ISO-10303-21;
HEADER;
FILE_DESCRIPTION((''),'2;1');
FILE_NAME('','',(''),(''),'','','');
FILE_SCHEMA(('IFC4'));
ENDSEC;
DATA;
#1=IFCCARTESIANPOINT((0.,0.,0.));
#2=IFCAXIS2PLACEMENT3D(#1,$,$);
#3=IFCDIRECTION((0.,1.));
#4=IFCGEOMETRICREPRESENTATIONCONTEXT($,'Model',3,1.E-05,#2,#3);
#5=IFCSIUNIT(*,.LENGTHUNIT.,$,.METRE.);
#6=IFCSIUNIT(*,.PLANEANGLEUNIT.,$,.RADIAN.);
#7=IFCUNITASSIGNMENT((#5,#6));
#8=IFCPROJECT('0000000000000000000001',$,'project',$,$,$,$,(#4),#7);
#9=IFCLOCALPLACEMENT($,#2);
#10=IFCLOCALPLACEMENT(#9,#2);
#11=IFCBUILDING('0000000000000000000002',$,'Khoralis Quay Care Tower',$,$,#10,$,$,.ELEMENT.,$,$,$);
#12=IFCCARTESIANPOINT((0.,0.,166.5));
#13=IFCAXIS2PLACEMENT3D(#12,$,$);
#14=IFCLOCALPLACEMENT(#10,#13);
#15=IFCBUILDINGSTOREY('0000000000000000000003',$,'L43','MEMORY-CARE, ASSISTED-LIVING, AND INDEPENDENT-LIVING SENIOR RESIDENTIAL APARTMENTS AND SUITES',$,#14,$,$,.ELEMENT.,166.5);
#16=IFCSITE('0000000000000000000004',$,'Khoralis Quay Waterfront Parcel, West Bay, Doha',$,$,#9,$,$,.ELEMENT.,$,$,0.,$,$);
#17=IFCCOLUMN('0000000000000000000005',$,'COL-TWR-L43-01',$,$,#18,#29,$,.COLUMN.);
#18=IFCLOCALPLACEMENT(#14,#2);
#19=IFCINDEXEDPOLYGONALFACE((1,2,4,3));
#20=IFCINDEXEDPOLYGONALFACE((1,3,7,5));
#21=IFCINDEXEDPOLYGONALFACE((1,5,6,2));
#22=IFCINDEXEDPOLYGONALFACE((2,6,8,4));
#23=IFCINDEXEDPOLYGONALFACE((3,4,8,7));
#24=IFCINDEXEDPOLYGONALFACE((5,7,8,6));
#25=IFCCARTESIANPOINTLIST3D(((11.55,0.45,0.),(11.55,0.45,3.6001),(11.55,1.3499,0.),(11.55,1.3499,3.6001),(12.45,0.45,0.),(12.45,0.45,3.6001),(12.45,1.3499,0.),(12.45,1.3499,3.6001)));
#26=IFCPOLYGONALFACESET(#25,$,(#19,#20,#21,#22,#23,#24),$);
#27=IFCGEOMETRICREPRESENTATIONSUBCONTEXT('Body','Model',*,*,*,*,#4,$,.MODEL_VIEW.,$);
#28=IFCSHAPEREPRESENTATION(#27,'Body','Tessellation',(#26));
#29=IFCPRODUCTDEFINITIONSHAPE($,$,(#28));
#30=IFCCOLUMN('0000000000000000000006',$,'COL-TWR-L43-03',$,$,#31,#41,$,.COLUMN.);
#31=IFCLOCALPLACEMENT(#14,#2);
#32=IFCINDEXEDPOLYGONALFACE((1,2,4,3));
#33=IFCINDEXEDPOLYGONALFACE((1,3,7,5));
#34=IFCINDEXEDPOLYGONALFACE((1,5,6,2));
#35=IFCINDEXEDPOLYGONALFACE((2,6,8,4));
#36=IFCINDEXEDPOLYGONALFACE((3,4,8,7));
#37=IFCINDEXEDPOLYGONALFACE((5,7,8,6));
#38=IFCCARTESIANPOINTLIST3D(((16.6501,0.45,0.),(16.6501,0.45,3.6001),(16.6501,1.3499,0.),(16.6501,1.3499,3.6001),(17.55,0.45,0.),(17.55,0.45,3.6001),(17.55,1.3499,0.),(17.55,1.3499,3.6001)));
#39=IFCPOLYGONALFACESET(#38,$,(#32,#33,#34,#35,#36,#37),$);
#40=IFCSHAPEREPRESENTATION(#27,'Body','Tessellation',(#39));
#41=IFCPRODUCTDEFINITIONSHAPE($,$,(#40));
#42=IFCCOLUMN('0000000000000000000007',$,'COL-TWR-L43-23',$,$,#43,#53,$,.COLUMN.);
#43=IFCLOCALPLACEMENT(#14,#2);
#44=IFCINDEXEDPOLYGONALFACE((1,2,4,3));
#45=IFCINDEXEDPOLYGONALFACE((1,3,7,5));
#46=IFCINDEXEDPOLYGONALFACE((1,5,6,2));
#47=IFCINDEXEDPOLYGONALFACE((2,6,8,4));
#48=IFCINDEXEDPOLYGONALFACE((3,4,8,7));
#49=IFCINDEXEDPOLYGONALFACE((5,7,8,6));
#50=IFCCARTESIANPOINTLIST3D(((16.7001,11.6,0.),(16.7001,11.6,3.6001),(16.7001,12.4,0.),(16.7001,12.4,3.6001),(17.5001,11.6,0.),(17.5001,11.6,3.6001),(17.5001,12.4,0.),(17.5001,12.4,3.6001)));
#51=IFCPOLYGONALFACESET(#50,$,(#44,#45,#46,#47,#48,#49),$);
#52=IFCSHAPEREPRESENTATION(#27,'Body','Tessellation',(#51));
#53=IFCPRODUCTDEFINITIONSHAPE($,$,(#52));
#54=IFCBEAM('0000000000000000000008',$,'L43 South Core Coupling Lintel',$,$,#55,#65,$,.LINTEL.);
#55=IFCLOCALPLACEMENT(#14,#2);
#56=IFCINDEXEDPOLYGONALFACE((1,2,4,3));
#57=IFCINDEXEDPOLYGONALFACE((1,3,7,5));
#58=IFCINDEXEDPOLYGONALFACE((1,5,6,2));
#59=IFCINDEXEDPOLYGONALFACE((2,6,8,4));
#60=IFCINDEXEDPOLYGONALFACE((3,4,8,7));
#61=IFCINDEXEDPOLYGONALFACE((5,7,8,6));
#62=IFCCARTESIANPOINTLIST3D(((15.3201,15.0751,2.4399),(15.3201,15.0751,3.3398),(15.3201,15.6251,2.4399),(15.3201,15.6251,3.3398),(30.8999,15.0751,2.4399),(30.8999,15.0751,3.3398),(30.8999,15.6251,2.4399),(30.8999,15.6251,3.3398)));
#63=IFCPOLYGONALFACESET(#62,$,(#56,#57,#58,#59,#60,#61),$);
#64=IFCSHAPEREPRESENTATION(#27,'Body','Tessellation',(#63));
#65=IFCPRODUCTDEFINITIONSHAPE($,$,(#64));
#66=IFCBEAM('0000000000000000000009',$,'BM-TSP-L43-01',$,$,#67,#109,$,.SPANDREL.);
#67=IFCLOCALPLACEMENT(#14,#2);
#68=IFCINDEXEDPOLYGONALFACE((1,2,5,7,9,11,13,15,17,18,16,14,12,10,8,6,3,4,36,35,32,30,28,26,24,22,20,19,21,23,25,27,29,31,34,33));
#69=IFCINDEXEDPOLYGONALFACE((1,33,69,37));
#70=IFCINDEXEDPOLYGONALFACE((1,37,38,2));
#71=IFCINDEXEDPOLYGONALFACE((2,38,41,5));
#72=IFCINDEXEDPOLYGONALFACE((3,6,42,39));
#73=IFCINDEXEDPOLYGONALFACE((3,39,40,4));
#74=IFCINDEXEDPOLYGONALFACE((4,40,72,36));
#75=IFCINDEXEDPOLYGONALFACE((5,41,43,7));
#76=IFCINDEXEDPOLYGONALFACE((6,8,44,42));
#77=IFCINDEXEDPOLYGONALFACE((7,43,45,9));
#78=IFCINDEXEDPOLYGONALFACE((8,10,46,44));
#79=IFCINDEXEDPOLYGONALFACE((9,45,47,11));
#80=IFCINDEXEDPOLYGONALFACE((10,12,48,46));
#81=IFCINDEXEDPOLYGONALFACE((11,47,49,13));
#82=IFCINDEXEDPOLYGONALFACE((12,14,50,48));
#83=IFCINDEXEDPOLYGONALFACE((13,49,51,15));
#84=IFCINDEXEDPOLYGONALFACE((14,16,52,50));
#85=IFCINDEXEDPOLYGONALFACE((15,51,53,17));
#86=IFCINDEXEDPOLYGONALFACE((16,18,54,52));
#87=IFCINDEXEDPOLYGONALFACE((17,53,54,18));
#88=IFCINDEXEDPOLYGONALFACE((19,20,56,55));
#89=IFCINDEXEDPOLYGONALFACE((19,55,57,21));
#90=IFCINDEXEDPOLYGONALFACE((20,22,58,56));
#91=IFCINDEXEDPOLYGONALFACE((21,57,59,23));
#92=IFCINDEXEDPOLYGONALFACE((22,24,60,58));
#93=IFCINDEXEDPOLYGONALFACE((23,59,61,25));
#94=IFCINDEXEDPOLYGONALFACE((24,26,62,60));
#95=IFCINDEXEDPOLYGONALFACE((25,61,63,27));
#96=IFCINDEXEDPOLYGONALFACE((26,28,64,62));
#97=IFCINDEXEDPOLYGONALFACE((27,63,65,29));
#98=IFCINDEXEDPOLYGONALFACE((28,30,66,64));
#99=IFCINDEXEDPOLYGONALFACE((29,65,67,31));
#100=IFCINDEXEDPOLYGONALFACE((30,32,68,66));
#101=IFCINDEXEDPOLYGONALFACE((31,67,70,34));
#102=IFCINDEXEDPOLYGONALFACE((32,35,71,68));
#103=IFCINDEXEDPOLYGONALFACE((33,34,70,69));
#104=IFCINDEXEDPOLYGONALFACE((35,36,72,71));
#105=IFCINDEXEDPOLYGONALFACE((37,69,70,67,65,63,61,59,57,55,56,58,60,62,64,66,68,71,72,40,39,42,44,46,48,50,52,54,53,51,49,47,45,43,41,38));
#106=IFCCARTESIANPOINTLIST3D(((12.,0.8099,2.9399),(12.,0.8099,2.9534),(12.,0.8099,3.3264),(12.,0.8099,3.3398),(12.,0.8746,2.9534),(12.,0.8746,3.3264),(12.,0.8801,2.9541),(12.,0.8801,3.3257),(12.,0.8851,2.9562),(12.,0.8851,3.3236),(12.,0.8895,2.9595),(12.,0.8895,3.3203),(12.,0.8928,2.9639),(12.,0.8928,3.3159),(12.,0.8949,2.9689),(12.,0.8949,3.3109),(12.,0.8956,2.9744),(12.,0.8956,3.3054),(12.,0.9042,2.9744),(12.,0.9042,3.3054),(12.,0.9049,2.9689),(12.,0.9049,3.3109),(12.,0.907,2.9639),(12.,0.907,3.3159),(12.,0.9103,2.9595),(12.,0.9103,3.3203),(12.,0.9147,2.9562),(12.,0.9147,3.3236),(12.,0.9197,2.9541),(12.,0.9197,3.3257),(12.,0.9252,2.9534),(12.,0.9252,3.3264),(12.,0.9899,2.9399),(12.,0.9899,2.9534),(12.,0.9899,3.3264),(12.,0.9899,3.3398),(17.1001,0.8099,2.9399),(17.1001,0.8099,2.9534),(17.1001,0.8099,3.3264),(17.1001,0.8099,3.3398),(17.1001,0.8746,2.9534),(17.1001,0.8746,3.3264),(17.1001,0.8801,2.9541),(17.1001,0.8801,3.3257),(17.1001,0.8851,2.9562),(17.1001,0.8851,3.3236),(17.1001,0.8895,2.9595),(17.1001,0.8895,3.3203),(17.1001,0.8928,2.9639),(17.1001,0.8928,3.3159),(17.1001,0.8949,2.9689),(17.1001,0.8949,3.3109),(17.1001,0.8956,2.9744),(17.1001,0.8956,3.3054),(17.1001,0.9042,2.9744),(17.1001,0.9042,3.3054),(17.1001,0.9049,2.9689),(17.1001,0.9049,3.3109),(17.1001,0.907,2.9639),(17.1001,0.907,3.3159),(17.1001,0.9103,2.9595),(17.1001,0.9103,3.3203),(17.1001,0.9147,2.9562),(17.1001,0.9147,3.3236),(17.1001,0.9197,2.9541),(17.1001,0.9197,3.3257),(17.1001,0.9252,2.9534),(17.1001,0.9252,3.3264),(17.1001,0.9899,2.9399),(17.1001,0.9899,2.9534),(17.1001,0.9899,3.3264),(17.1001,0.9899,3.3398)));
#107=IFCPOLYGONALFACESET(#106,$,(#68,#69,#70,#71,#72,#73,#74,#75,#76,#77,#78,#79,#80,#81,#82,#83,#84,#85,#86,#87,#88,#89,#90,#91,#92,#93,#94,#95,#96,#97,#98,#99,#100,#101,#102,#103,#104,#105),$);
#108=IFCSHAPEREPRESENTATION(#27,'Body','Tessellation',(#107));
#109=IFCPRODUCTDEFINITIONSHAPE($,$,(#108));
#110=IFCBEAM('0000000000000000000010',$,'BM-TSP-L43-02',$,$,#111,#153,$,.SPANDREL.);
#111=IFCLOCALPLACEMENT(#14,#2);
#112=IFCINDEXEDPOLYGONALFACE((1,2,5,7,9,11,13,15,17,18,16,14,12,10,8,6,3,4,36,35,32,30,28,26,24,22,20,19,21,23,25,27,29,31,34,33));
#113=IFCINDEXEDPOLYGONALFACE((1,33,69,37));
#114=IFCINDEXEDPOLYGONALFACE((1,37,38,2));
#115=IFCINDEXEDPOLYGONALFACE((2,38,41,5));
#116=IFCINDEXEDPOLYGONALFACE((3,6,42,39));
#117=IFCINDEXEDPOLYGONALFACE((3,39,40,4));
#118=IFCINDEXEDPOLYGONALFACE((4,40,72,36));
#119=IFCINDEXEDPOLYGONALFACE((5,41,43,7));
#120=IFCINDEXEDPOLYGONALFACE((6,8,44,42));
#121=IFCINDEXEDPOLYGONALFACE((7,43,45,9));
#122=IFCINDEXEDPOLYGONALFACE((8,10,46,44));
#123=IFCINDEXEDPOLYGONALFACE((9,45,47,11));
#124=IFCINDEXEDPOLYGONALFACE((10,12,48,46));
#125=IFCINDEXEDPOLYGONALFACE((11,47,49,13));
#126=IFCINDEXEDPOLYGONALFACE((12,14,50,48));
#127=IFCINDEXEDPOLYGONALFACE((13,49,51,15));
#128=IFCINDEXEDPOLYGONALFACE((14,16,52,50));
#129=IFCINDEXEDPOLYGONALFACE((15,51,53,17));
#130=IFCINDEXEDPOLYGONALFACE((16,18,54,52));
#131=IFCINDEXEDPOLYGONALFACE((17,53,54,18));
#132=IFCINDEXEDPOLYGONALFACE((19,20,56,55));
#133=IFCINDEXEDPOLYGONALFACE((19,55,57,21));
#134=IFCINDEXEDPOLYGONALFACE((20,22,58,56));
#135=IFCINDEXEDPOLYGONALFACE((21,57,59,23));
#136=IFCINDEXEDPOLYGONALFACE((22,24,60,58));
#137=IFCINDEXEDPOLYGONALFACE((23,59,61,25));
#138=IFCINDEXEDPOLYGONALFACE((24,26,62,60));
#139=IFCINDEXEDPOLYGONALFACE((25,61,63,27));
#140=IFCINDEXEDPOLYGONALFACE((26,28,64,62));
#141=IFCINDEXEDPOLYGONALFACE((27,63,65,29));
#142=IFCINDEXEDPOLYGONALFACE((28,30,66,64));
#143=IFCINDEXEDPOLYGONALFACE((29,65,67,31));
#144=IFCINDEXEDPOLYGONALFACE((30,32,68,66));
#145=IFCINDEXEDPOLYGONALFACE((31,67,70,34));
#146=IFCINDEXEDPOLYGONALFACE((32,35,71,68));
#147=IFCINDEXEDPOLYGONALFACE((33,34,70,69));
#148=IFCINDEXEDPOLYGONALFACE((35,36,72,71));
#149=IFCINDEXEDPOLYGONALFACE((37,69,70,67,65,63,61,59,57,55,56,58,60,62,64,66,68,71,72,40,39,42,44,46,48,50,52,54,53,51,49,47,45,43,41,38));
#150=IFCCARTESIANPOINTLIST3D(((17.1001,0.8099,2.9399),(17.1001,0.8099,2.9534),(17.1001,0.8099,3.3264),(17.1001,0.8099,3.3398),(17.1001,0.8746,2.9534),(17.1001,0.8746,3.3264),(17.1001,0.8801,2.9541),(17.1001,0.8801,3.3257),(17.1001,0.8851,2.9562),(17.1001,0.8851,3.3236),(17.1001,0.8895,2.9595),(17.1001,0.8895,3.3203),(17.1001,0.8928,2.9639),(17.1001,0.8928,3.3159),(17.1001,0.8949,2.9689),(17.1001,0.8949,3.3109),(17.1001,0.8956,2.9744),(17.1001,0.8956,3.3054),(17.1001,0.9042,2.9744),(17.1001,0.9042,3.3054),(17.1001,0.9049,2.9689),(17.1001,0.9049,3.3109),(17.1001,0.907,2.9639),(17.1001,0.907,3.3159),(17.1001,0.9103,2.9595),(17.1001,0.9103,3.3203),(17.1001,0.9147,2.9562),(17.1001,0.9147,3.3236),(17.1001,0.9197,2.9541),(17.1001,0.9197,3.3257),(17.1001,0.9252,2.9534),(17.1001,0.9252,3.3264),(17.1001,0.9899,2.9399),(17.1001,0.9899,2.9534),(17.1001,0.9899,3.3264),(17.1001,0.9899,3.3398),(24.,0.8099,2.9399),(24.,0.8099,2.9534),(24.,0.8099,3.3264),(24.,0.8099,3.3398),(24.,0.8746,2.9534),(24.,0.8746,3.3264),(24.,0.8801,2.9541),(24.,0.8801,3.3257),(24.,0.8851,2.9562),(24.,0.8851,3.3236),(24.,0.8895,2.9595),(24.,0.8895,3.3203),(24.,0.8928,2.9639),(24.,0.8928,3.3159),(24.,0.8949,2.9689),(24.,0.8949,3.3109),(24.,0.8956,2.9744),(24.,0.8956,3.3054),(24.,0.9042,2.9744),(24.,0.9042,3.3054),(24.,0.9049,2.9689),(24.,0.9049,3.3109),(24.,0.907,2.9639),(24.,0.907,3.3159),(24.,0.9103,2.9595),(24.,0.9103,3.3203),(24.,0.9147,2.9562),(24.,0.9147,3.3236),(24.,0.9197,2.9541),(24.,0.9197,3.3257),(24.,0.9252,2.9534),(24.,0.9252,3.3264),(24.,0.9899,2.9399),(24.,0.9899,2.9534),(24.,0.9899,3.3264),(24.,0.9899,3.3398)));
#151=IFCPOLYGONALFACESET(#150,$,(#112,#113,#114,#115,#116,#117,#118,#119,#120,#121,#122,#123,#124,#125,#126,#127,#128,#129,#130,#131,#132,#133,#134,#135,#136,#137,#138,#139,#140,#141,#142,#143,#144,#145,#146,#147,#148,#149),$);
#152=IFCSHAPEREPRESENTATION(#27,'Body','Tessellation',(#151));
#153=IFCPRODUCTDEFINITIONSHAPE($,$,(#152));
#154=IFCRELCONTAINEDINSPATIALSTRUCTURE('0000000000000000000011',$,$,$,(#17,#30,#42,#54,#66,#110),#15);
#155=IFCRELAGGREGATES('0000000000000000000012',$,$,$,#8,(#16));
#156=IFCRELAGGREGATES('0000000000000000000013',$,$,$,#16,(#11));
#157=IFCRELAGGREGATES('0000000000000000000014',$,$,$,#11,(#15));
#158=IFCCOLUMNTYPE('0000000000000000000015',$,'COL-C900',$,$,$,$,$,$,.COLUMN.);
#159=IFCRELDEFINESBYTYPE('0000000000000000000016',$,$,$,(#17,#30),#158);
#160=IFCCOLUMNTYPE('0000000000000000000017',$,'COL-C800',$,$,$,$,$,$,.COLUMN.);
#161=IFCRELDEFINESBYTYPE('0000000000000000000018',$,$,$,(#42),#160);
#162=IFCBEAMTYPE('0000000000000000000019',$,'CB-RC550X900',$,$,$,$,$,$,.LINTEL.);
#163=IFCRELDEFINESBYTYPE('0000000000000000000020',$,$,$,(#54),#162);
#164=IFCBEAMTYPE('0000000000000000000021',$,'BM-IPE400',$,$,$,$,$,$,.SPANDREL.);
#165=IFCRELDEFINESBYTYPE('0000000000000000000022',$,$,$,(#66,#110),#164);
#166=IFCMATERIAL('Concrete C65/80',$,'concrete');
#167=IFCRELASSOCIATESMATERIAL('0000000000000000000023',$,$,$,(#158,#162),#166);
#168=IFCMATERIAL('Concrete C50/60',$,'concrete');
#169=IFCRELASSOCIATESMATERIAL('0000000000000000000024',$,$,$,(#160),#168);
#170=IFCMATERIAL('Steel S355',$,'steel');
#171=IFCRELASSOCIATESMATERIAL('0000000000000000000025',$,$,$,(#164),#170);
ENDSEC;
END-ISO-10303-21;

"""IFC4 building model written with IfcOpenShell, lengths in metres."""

from ifc_helpers import new_model, si_unit, direction, frame, origin, origin_2d, place, context, subcontext, project, spatial, rectangle, i_section, extrude, source, transform, mapped, material, material_profile, profile_set, type_object, element, save


model = new_model("IFC4")

# Units and contexts
model_context = context("Model", 3, precision=1e-05, world=origin(), true_north=direction((0.0, 1.0)))
body_context = subcontext(model_context, "Body", "Model", "MODEL_VIEW")
ifc_project = project(units=[si_unit("LENGTHUNIT", "METRE"), si_unit("PLANEANGLEUNIT", "RADIAN")], contexts=[model_context])

# Site, building, storey
site_placement = place(None, origin())
site = spatial("IfcSite", under=ifc_project, at=site_placement, Name="Khoralis Quay Waterfront Parcel, West Bay, Doha", CompositionType="ELEMENT", RefElevation=0.0)
building_placement = place(site_placement, origin())
building = spatial("IfcBuilding", under=site, at=building_placement, Name="Khoralis Quay Care Tower", CompositionType="ELEMENT")
storey_placement = place(building_placement, frame((0.0, 0.0, 166.5)))
storey = spatial("IfcBuildingStorey", under=building, at=storey_placement, Name="L43", Description="MEMORY-CARE, ASSISTED-LIVING, AND INDEPENDENT-LIVING SENIOR RESIDENTIAL APARTMENTS AND SUITES", CompositionType="ELEMENT", Elevation=166.5)

# Columns
ifc_material_1 = material(Name="Concrete C65/80", Category="concrete")
ifc_material_profile_1 = material_profile(ifc_material_1, rectangle(XDim=0.8999, YDim=0.8999, at=origin_2d()), Name="Concrete C65/80")
ifc_profile_set_1 = profile_set([ifc_material_profile_1], Name="Concrete C65/80")
column_type_1 = type_object("IfcColumnType", Name="COL-C900", PredefinedType="COLUMN", material=ifc_profile_set_1)
shared_shape_1 = source(origin(), body_context, "Body", "SweptSolid", [
    extrude(rectangle(XDim=0.8999, YDim=0.8999, at=origin_2d()), origin(), (0.0, 0.0, 1.0), 3.6001),
])
for number, where, z_axis, x_axis, name in (
    (1, (12.0, 0.8999, 0.0), (0.0, 0.0, 1.0), (1.0, 0.0, 0.0), "COL-TWR-L43-01"),
    (2, (17.1001, 0.8999, 0.0), (0.0, 0.0, 1.0), (1.0, 0.0, 0.0), "COL-TWR-L43-03"),
):
    element("IfcColumn", number, at=place(storey_placement, frame(where, z_axis=z_axis, x_axis=x_axis)), inside=storey, type_object=column_type_1, Name=name, PredefinedType="COLUMN", context=body_context, shape_type="MappedRepresentation", body=[
        mapped(shared_shape_1, transform((0.0, 0.0, 0.0), scale=1.0)),
    ])
ifc_material_2 = material(Name="Concrete C50/60", Category="concrete")
ifc_material_profile_2 = material_profile(ifc_material_2, rectangle(XDim=0.8, YDim=0.8, at=origin_2d()), Name="Concrete C50/60")
ifc_profile_set_2 = profile_set([ifc_material_profile_2], Name="Concrete C50/60")
column_type_2 = type_object("IfcColumnType", Name="COL-C800", PredefinedType="COLUMN", material=ifc_profile_set_2)
shared_shape_2 = source(origin(), body_context, "Body", "SweptSolid", [
    extrude(rectangle(XDim=0.8, YDim=0.8, at=origin_2d()), origin(), (0.0, 0.0, 1.0), 3.6001),
])
column_placement = place(storey_placement, frame((17.1001, 12.0, 0.0), z_axis=(0.0, 0.0, 1.0), x_axis=(1.0, 0.0, 0.0)))
element("IfcColumn", 3, at=column_placement, inside=storey, type_object=column_type_2, Name="COL-TWR-L43-23", PredefinedType="COLUMN", context=body_context, shape_type="MappedRepresentation", body=[
    mapped(shared_shape_2, transform((0.0, 0.0, 0.0), scale=1.0)),
])

# Beams
ifc_material_profile_3 = material_profile(ifc_material_1, rectangle(XDim=0.55, YDim=0.8999, at=origin_2d()), Name="Concrete C65/80")
ifc_profile_set_3 = profile_set([ifc_material_profile_3], Name="Concrete C65/80")
beam_type_1 = type_object("IfcBeamType", Name="CB-RC550X900", PredefinedType="LINTEL", material=ifc_profile_set_3)
shared_shape_3 = source(origin(), body_context, "Body", "SweptSolid", [
    extrude(rectangle(XDim=0.55, YDim=0.8999, at=origin_2d()), origin(), (0.0, 0.0, 1.0), 15.5798),
])
beam_1_placement = place(storey_placement, frame((15.3201, 15.3501, 2.8899), z_axis=(1.0, 0.0, 0.0), x_axis=(0.0, 1.0, 0.0)))
element("IfcBeam", 4, at=beam_1_placement, inside=storey, type_object=beam_type_1, Name="L43 South Core Coupling Lintel", PredefinedType="LINTEL", context=body_context, shape_type="MappedRepresentation", body=[
    mapped(shared_shape_3, transform((0.0, 0.0, 0.0), scale=1.0)),
])
ifc_material_3 = material(Name="Steel S355", Category="steel")
ifc_material_profile_4 = material_profile(ifc_material_3, i_section(OverallWidth=0.1799, OverallDepth=0.3999, WebThickness=0.0085, FlangeThickness=0.0134, FilletRadius=0.021, at=origin_2d()), Name="Steel S355")
ifc_profile_set_4 = profile_set([ifc_material_profile_4], Name="Steel S355")
beam_type_2 = type_object("IfcBeamType", Name="BM-IPE400", PredefinedType="SPANDREL", material=ifc_profile_set_4)
shared_shape_4 = source(origin(), body_context, "Body", "SweptSolid", [
    extrude(i_section(OverallWidth=0.1799, OverallDepth=0.3999, WebThickness=0.0085, FlangeThickness=0.0134, FilletRadius=0.021, at=origin_2d()), origin(), (0.0, 0.0, 1.0), 5.1001),
])
beam_2_placement = place(storey_placement, frame((12.0, 0.8999, 3.1399), z_axis=(1.0, 0.0, 0.0), x_axis=(0.0, 1.0, 0.0)))
element("IfcBeam", 5, at=beam_2_placement, inside=storey, type_object=beam_type_2, Name="BM-TSP-L43-01", PredefinedType="SPANDREL", context=body_context, shape_type="MappedRepresentation", body=[
    mapped(shared_shape_4, transform((0.0, 0.0, 0.0), scale=1.0)),
])
shared_shape_5 = source(origin(), body_context, "Body", "SweptSolid", [
    extrude(i_section(OverallWidth=0.1799, OverallDepth=0.3999, WebThickness=0.0085, FlangeThickness=0.0134, FilletRadius=0.021, at=origin_2d()), origin(), (0.0, 0.0, 1.0), 6.8999),
])
beam_3_placement = place(storey_placement, frame((17.1001, 0.8999, 3.1399), z_axis=(1.0, 0.0, 0.0), x_axis=(0.0, 1.0, 0.0)))
element("IfcBeam", 6, at=beam_3_placement, inside=storey, type_object=beam_type_2, Name="BM-TSP-L43-02", PredefinedType="SPANDREL", context=body_context, shape_type="MappedRepresentation", body=[
    mapped(shared_shape_5, transform((0.0, 0.0, 0.0), scale=1.0)),
])

save(model, "model.ifc")
